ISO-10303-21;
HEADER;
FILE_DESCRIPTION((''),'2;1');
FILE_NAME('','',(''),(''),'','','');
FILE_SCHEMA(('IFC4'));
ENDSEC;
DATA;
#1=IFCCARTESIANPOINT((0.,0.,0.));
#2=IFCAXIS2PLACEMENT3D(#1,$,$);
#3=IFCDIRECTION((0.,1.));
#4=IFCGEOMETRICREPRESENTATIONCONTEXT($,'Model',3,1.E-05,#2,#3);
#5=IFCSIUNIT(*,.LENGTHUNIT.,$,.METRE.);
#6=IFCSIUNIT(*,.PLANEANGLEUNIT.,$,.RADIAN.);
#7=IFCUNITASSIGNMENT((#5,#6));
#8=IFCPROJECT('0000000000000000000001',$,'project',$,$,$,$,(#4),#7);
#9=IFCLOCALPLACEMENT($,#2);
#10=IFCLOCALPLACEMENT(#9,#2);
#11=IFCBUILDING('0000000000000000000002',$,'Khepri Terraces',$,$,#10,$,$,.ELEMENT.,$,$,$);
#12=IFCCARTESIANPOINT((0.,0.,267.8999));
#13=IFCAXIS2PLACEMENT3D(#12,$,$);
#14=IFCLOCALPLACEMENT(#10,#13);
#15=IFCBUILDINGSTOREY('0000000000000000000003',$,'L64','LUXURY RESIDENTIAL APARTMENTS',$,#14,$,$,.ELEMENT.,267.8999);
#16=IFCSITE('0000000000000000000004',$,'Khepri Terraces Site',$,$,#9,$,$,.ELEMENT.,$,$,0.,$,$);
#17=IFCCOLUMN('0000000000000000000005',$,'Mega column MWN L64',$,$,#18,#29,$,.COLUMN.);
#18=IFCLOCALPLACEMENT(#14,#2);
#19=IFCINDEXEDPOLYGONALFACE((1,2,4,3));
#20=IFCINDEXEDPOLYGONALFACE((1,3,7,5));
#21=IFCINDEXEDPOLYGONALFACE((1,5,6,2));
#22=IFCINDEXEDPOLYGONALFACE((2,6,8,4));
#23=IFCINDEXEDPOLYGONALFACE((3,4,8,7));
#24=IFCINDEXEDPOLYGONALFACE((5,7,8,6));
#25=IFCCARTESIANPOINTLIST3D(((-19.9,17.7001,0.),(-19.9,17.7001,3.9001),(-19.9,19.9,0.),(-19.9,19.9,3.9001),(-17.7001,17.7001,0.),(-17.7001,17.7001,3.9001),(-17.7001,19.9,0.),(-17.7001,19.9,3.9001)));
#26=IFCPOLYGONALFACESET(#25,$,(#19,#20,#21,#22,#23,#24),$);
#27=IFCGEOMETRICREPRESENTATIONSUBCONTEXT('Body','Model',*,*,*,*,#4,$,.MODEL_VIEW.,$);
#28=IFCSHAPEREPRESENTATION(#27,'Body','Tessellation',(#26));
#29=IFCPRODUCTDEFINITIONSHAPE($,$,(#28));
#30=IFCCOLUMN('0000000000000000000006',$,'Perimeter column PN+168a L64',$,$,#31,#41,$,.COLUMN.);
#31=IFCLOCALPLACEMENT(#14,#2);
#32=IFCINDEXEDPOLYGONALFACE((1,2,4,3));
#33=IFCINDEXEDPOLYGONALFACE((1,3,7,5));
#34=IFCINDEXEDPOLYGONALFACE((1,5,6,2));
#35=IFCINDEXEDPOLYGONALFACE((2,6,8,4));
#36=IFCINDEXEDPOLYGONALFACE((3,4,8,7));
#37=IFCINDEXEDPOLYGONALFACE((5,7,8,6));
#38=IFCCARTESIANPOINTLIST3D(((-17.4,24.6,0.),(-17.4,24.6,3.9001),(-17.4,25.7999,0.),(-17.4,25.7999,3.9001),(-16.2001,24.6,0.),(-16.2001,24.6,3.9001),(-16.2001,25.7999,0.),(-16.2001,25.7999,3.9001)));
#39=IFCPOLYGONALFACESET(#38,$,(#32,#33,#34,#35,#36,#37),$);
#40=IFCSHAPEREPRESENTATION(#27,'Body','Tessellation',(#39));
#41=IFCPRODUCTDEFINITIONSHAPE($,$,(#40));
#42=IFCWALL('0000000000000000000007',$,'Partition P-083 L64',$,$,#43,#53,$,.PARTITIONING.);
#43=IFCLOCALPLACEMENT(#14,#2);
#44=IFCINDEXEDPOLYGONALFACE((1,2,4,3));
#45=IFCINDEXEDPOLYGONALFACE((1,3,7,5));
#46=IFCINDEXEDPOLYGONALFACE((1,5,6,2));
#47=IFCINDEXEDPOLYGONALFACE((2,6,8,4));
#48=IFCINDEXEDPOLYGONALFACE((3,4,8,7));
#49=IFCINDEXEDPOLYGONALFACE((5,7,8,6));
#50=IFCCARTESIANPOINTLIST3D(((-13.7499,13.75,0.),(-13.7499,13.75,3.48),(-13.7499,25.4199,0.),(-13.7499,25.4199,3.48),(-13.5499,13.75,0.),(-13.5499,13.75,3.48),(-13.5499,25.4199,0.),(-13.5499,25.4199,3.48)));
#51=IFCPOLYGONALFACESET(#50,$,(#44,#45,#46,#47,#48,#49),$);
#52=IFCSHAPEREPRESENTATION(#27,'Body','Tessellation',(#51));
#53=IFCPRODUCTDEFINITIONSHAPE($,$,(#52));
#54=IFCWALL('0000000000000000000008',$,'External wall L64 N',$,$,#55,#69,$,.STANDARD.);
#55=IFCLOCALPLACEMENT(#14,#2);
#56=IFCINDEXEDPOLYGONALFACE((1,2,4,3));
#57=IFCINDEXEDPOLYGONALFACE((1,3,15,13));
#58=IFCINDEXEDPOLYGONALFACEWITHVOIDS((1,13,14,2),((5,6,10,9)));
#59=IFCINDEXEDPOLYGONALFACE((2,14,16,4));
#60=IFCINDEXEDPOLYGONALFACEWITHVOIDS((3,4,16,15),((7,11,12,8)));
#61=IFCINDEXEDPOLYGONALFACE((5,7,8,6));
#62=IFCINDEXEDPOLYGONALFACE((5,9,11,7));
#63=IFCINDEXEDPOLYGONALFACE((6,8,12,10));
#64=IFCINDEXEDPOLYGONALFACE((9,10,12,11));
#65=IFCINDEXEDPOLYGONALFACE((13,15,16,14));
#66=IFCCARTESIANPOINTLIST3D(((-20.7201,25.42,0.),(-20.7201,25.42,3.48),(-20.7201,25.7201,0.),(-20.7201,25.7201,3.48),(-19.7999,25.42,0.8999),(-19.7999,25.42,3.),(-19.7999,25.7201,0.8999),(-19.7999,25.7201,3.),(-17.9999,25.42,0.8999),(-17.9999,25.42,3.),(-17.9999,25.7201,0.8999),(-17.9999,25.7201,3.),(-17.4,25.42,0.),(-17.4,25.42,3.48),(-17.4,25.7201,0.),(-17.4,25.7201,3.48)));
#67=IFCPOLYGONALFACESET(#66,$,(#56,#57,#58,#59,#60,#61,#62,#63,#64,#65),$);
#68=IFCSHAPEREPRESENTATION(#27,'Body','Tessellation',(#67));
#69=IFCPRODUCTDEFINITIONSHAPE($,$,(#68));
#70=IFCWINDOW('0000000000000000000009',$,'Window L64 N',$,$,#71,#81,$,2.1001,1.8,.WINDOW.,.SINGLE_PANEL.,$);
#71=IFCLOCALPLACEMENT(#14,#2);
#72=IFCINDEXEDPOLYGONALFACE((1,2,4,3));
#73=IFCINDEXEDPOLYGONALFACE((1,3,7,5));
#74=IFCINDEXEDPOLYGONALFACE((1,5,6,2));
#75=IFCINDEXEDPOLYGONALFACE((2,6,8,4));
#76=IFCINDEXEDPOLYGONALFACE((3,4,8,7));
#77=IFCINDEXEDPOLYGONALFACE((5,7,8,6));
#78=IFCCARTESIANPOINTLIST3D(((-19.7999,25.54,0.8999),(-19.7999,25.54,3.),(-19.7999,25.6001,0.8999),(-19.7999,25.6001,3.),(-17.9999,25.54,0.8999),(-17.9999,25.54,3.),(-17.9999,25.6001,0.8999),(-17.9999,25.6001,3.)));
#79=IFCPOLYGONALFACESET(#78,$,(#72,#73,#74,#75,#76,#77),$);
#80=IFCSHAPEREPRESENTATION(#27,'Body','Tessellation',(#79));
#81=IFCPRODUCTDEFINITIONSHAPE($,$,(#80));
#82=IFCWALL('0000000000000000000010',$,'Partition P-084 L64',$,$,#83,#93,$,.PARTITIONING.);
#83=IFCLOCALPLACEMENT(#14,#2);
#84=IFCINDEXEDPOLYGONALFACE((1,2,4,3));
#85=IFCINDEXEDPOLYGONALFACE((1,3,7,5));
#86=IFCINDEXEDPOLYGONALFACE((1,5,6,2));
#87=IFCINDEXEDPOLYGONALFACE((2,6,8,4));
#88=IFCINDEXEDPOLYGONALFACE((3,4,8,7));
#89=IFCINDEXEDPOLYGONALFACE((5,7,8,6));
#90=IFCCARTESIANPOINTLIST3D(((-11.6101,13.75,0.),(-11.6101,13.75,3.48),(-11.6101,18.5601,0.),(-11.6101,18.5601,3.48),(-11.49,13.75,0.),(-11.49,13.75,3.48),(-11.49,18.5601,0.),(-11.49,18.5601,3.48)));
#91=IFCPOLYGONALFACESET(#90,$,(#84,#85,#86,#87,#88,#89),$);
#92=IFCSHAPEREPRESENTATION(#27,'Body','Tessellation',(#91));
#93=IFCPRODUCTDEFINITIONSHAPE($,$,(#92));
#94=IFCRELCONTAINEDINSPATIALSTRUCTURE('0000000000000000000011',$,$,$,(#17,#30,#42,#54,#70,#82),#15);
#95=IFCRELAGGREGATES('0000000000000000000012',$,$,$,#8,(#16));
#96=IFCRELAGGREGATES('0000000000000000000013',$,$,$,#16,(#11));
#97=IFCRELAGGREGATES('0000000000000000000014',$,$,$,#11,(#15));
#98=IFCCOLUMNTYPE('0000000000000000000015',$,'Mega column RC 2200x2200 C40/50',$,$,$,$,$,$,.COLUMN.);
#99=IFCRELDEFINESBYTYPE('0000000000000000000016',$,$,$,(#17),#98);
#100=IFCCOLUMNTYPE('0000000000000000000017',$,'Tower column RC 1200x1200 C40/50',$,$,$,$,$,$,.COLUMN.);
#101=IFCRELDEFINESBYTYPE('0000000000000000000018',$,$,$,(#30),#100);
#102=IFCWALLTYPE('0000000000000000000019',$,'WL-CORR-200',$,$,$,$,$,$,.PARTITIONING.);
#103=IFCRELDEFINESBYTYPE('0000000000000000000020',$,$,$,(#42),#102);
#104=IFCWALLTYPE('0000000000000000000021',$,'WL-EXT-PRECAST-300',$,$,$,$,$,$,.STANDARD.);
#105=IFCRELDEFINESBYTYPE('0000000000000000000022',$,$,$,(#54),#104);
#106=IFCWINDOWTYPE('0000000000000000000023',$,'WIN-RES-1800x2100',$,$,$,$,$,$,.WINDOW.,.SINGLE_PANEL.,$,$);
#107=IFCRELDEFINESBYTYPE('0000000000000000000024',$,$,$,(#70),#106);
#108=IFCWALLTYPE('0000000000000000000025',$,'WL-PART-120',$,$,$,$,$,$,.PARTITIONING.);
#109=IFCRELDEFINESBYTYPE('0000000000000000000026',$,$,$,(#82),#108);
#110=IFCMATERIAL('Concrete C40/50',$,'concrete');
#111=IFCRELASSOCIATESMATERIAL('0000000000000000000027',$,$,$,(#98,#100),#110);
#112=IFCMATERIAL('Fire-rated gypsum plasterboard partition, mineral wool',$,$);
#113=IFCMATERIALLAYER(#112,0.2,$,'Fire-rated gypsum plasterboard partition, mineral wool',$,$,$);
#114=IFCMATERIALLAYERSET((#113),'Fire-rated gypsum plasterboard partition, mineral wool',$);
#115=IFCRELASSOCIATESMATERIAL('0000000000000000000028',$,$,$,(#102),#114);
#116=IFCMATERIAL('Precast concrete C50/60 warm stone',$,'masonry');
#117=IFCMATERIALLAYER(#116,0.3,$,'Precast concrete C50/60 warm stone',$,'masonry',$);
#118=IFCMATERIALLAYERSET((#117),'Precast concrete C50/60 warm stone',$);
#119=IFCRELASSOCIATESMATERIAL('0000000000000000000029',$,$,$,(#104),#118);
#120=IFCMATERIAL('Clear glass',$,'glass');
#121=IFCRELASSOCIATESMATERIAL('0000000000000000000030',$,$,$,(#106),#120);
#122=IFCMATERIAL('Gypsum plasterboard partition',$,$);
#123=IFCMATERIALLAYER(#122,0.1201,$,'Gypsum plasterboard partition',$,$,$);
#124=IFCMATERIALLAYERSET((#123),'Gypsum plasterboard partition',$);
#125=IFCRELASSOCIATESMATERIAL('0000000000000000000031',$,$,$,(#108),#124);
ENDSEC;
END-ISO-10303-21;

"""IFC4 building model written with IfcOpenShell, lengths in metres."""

from ifc_helpers import new_model, si_unit, direction, frame, frame_2d, origin, origin_2d, place, context, subcontext, project, spatial, rectangle, extrude, material, layer, layer_set, material_profile, profile_set, type_object, element, fill, save


model = new_model("IFC4")

# Units and contexts
model_context = context("Model", 3, precision=1e-05, world=origin(), true_north=direction((0.0, 1.0)))
body_context = subcontext(model_context, "Body", "Model", "MODEL_VIEW")
ifc_project = project(units=[si_unit("LENGTHUNIT", "METRE"), si_unit("PLANEANGLEUNIT", "RADIAN")], contexts=[model_context])

# Site, building, storey
site_placement = place(None, origin())
site = spatial("IfcSite", under=ifc_project, at=site_placement, Name="Khepri Terraces Site", CompositionType="ELEMENT", RefElevation=0.0)
building_placement = place(site_placement, origin())
building = spatial("IfcBuilding", under=site, at=building_placement, Name="Khepri Terraces", CompositionType="ELEMENT")
storey_placement = place(building_placement, frame((0.0, 0.0, 267.8999)))
storey = spatial("IfcBuildingStorey", under=building, at=storey_placement, Name="L64", Description="LUXURY RESIDENTIAL APARTMENTS", CompositionType="ELEMENT", Elevation=267.8999)

# Columns
ifc_material_1 = material(Name="Concrete C40/50", Category="concrete")
ifc_material_profile_1 = material_profile(ifc_material_1, rectangle(XDim=2.2, YDim=2.2, at=origin_2d()), Name="Concrete C40/50", Category="concrete")
ifc_profile_set_1 = profile_set([ifc_material_profile_1], Name="Concrete C40/50")
column_type_1 = type_object("IfcColumnType", Name="Mega column RC 2200x2200 C40/50", PredefinedType="COLUMN", material=ifc_profile_set_1)
column_1_placement = place(storey_placement, frame((-18.8, 18.8, 0.0), z_axis=(0.0, 0.0, 1.0), x_axis=(1.0, 0.0, 0.0)))
element("IfcColumn", 1, at=column_1_placement, inside=storey, type_object=column_type_1, Name="Mega column MWN L64", PredefinedType="COLUMN", context=body_context, shape_type="SweptSolid", body=[
    extrude(rectangle(XDim=2.2, YDim=2.2, at=origin_2d()), origin(), (0.0, 0.0, 1.0), 3.9001),
])
ifc_material_profile_2 = material_profile(ifc_material_1, rectangle(XDim=1.2, YDim=1.2, at=origin_2d()), Name="Concrete C40/50", Category="concrete")
ifc_profile_set_2 = profile_set([ifc_material_profile_2], Name="Concrete C40/50")
column_type_2 = type_object("IfcColumnType", Name="Tower column RC 1200x1200 C40/50", PredefinedType="COLUMN", material=ifc_profile_set_2)
column_2_placement = place(storey_placement, frame((-16.8, 25.2, 0.0), z_axis=(0.0, 0.0, 1.0), x_axis=(1.0, 0.0, 0.0)))
element("IfcColumn", 2, at=column_2_placement, inside=storey, type_object=column_type_2, Name="Perimeter column PN+168a L64", PredefinedType="COLUMN", context=body_context, shape_type="SweptSolid", body=[
    extrude(rectangle(XDim=1.2, YDim=1.2, at=origin_2d()), origin(), (0.0, 0.0, 1.0), 3.9001),
])

# Wall
ifc_material_2 = material(Name="Fire-rated gypsum plasterboard partition, mineral wool")
ifc_layer_1 = layer(ifc_material_2, 0.2, Name="Fire-rated gypsum plasterboard partition, mineral wool")
ifc_layer_set_1 = layer_set([ifc_layer_1], Name="Fire-rated gypsum plasterboard partition, mineral wool")
wall_type_1 = type_object("IfcWallType", Name="WL-CORR-200", PredefinedType="PARTITIONING", material=ifc_layer_set_1)
wall_1_placement = place(storey_placement, frame((-13.6499, 13.75, 0.0), z_axis=(0.0, 0.0, 1.0), x_axis=(0.0, 1.0, 0.0)))
element("IfcWall", 3, at=wall_1_placement, inside=storey, type_object=wall_type_1, Name="Partition P-083 L64", PredefinedType="PARTITIONING", context=body_context, shape_type="SweptSolid", body=[
    extrude(rectangle(XDim=11.6699, YDim=0.2, at=frame_2d((5.835, 0.0))), origin(), (0.0, 0.0, 1.0), 3.48),
])

# Wall, opening, window
ifc_material_3 = material(Name="Precast concrete C50/60 warm stone", Category="masonry")
ifc_layer_2 = layer(ifc_material_3, 0.3, Name="Precast concrete C50/60 warm stone", Category="masonry")
ifc_layer_set_2 = layer_set([ifc_layer_2], Name="Precast concrete C50/60 warm stone")
wall_type_2 = type_object("IfcWallType", Name="WL-EXT-PRECAST-300", PredefinedType="STANDARD", material=ifc_layer_set_2)
wall_2_placement = place(storey_placement, frame((-17.3999, 25.5701, 0.0), z_axis=(0.0, 0.0, 1.0), x_axis=(-1.0, 0.0, 0.0)))
wall_2 = element("IfcWall", 4, at=wall_2_placement, inside=storey, type_object=wall_type_2, Name="External wall L64 N", PredefinedType="STANDARD", context=body_context, shape_type="SweptSolid", body=[
    extrude(rectangle(XDim=3.3201, YDim=0.3, at=frame_2d((1.6602, 0.0))), origin(), (0.0, 0.0, 1.0), 3.48),
])
opening_1_placement = place(wall_2_placement, frame((0.6001, 0.0, 0.8999)))
opening_1 = element("IfcOpeningElement", 5, at=opening_1_placement, cuts=wall_2, PredefinedType="OPENING", context=body_context, shape_type="SweptSolid", body=[
    extrude(rectangle(XDim=1.8, YDim=2.1001, at=frame_2d((0.8999, 1.05))), frame((0.0, 0.1602, 0.0), z_axis=(0.0, -1.0, 0.0), x_axis=(1.0, 0.0, 0.0)), (0.0, 0.0, 1.0), 0.3201),
])
ifc_material_4 = material(Name="Clear glass", Category="glass")
window_type = type_object("IfcWindowType", Name="WIN-RES-1800x2100", PartitioningType="SINGLE_PANEL", PredefinedType="WINDOW", material=ifc_material_4)
window_placement = place(opening_1_placement, origin())
window = element("IfcWindow", 6, at=window_placement, inside=storey, type_object=window_type, Name="Window L64 N", OverallHeight=2.1001, OverallWidth=1.8, PartitioningType="SINGLE_PANEL", PredefinedType="WINDOW", context=body_context, shape_type="SweptSolid", body=[
    extrude(rectangle(XDim=1.8, YDim=2.1001, at=frame_2d((0.8999, 1.05))), frame((0.0, 0.03, 0.0), z_axis=(0.0, -1.0, 0.0), x_axis=(1.0, 0.0, 0.0)), (0.0, 0.0, 1.0), 0.0601),
])
fill(opening_1, window)

# Wall
ifc_material_5 = material(Name="Gypsum plasterboard partition")
ifc_layer_3 = layer(ifc_material_5, 0.1201, Name="Gypsum plasterboard partition")
ifc_layer_set_3 = layer_set([ifc_layer_3], Name="Gypsum plasterboard partition")
wall_type_3 = type_object("IfcWallType", Name="WL-PART-120", PredefinedType="PARTITIONING", material=ifc_layer_set_3)
wall_3_placement = place(storey_placement, frame((-11.55, 13.75, 0.0), z_axis=(0.0, 0.0, 1.0), x_axis=(0.0, 1.0, 0.0)))
element("IfcWall", 7, at=wall_3_placement, inside=storey, type_object=wall_type_3, Name="Partition P-084 L64", PredefinedType="PARTITIONING", context=body_context, shape_type="SweptSolid", body=[
    extrude(rectangle(XDim=4.8101, YDim=0.1201, at=frame_2d((2.405, 0.0))), origin(), (0.0, 0.0, 1.0), 3.48),
])

save(model, "model.ifc")
